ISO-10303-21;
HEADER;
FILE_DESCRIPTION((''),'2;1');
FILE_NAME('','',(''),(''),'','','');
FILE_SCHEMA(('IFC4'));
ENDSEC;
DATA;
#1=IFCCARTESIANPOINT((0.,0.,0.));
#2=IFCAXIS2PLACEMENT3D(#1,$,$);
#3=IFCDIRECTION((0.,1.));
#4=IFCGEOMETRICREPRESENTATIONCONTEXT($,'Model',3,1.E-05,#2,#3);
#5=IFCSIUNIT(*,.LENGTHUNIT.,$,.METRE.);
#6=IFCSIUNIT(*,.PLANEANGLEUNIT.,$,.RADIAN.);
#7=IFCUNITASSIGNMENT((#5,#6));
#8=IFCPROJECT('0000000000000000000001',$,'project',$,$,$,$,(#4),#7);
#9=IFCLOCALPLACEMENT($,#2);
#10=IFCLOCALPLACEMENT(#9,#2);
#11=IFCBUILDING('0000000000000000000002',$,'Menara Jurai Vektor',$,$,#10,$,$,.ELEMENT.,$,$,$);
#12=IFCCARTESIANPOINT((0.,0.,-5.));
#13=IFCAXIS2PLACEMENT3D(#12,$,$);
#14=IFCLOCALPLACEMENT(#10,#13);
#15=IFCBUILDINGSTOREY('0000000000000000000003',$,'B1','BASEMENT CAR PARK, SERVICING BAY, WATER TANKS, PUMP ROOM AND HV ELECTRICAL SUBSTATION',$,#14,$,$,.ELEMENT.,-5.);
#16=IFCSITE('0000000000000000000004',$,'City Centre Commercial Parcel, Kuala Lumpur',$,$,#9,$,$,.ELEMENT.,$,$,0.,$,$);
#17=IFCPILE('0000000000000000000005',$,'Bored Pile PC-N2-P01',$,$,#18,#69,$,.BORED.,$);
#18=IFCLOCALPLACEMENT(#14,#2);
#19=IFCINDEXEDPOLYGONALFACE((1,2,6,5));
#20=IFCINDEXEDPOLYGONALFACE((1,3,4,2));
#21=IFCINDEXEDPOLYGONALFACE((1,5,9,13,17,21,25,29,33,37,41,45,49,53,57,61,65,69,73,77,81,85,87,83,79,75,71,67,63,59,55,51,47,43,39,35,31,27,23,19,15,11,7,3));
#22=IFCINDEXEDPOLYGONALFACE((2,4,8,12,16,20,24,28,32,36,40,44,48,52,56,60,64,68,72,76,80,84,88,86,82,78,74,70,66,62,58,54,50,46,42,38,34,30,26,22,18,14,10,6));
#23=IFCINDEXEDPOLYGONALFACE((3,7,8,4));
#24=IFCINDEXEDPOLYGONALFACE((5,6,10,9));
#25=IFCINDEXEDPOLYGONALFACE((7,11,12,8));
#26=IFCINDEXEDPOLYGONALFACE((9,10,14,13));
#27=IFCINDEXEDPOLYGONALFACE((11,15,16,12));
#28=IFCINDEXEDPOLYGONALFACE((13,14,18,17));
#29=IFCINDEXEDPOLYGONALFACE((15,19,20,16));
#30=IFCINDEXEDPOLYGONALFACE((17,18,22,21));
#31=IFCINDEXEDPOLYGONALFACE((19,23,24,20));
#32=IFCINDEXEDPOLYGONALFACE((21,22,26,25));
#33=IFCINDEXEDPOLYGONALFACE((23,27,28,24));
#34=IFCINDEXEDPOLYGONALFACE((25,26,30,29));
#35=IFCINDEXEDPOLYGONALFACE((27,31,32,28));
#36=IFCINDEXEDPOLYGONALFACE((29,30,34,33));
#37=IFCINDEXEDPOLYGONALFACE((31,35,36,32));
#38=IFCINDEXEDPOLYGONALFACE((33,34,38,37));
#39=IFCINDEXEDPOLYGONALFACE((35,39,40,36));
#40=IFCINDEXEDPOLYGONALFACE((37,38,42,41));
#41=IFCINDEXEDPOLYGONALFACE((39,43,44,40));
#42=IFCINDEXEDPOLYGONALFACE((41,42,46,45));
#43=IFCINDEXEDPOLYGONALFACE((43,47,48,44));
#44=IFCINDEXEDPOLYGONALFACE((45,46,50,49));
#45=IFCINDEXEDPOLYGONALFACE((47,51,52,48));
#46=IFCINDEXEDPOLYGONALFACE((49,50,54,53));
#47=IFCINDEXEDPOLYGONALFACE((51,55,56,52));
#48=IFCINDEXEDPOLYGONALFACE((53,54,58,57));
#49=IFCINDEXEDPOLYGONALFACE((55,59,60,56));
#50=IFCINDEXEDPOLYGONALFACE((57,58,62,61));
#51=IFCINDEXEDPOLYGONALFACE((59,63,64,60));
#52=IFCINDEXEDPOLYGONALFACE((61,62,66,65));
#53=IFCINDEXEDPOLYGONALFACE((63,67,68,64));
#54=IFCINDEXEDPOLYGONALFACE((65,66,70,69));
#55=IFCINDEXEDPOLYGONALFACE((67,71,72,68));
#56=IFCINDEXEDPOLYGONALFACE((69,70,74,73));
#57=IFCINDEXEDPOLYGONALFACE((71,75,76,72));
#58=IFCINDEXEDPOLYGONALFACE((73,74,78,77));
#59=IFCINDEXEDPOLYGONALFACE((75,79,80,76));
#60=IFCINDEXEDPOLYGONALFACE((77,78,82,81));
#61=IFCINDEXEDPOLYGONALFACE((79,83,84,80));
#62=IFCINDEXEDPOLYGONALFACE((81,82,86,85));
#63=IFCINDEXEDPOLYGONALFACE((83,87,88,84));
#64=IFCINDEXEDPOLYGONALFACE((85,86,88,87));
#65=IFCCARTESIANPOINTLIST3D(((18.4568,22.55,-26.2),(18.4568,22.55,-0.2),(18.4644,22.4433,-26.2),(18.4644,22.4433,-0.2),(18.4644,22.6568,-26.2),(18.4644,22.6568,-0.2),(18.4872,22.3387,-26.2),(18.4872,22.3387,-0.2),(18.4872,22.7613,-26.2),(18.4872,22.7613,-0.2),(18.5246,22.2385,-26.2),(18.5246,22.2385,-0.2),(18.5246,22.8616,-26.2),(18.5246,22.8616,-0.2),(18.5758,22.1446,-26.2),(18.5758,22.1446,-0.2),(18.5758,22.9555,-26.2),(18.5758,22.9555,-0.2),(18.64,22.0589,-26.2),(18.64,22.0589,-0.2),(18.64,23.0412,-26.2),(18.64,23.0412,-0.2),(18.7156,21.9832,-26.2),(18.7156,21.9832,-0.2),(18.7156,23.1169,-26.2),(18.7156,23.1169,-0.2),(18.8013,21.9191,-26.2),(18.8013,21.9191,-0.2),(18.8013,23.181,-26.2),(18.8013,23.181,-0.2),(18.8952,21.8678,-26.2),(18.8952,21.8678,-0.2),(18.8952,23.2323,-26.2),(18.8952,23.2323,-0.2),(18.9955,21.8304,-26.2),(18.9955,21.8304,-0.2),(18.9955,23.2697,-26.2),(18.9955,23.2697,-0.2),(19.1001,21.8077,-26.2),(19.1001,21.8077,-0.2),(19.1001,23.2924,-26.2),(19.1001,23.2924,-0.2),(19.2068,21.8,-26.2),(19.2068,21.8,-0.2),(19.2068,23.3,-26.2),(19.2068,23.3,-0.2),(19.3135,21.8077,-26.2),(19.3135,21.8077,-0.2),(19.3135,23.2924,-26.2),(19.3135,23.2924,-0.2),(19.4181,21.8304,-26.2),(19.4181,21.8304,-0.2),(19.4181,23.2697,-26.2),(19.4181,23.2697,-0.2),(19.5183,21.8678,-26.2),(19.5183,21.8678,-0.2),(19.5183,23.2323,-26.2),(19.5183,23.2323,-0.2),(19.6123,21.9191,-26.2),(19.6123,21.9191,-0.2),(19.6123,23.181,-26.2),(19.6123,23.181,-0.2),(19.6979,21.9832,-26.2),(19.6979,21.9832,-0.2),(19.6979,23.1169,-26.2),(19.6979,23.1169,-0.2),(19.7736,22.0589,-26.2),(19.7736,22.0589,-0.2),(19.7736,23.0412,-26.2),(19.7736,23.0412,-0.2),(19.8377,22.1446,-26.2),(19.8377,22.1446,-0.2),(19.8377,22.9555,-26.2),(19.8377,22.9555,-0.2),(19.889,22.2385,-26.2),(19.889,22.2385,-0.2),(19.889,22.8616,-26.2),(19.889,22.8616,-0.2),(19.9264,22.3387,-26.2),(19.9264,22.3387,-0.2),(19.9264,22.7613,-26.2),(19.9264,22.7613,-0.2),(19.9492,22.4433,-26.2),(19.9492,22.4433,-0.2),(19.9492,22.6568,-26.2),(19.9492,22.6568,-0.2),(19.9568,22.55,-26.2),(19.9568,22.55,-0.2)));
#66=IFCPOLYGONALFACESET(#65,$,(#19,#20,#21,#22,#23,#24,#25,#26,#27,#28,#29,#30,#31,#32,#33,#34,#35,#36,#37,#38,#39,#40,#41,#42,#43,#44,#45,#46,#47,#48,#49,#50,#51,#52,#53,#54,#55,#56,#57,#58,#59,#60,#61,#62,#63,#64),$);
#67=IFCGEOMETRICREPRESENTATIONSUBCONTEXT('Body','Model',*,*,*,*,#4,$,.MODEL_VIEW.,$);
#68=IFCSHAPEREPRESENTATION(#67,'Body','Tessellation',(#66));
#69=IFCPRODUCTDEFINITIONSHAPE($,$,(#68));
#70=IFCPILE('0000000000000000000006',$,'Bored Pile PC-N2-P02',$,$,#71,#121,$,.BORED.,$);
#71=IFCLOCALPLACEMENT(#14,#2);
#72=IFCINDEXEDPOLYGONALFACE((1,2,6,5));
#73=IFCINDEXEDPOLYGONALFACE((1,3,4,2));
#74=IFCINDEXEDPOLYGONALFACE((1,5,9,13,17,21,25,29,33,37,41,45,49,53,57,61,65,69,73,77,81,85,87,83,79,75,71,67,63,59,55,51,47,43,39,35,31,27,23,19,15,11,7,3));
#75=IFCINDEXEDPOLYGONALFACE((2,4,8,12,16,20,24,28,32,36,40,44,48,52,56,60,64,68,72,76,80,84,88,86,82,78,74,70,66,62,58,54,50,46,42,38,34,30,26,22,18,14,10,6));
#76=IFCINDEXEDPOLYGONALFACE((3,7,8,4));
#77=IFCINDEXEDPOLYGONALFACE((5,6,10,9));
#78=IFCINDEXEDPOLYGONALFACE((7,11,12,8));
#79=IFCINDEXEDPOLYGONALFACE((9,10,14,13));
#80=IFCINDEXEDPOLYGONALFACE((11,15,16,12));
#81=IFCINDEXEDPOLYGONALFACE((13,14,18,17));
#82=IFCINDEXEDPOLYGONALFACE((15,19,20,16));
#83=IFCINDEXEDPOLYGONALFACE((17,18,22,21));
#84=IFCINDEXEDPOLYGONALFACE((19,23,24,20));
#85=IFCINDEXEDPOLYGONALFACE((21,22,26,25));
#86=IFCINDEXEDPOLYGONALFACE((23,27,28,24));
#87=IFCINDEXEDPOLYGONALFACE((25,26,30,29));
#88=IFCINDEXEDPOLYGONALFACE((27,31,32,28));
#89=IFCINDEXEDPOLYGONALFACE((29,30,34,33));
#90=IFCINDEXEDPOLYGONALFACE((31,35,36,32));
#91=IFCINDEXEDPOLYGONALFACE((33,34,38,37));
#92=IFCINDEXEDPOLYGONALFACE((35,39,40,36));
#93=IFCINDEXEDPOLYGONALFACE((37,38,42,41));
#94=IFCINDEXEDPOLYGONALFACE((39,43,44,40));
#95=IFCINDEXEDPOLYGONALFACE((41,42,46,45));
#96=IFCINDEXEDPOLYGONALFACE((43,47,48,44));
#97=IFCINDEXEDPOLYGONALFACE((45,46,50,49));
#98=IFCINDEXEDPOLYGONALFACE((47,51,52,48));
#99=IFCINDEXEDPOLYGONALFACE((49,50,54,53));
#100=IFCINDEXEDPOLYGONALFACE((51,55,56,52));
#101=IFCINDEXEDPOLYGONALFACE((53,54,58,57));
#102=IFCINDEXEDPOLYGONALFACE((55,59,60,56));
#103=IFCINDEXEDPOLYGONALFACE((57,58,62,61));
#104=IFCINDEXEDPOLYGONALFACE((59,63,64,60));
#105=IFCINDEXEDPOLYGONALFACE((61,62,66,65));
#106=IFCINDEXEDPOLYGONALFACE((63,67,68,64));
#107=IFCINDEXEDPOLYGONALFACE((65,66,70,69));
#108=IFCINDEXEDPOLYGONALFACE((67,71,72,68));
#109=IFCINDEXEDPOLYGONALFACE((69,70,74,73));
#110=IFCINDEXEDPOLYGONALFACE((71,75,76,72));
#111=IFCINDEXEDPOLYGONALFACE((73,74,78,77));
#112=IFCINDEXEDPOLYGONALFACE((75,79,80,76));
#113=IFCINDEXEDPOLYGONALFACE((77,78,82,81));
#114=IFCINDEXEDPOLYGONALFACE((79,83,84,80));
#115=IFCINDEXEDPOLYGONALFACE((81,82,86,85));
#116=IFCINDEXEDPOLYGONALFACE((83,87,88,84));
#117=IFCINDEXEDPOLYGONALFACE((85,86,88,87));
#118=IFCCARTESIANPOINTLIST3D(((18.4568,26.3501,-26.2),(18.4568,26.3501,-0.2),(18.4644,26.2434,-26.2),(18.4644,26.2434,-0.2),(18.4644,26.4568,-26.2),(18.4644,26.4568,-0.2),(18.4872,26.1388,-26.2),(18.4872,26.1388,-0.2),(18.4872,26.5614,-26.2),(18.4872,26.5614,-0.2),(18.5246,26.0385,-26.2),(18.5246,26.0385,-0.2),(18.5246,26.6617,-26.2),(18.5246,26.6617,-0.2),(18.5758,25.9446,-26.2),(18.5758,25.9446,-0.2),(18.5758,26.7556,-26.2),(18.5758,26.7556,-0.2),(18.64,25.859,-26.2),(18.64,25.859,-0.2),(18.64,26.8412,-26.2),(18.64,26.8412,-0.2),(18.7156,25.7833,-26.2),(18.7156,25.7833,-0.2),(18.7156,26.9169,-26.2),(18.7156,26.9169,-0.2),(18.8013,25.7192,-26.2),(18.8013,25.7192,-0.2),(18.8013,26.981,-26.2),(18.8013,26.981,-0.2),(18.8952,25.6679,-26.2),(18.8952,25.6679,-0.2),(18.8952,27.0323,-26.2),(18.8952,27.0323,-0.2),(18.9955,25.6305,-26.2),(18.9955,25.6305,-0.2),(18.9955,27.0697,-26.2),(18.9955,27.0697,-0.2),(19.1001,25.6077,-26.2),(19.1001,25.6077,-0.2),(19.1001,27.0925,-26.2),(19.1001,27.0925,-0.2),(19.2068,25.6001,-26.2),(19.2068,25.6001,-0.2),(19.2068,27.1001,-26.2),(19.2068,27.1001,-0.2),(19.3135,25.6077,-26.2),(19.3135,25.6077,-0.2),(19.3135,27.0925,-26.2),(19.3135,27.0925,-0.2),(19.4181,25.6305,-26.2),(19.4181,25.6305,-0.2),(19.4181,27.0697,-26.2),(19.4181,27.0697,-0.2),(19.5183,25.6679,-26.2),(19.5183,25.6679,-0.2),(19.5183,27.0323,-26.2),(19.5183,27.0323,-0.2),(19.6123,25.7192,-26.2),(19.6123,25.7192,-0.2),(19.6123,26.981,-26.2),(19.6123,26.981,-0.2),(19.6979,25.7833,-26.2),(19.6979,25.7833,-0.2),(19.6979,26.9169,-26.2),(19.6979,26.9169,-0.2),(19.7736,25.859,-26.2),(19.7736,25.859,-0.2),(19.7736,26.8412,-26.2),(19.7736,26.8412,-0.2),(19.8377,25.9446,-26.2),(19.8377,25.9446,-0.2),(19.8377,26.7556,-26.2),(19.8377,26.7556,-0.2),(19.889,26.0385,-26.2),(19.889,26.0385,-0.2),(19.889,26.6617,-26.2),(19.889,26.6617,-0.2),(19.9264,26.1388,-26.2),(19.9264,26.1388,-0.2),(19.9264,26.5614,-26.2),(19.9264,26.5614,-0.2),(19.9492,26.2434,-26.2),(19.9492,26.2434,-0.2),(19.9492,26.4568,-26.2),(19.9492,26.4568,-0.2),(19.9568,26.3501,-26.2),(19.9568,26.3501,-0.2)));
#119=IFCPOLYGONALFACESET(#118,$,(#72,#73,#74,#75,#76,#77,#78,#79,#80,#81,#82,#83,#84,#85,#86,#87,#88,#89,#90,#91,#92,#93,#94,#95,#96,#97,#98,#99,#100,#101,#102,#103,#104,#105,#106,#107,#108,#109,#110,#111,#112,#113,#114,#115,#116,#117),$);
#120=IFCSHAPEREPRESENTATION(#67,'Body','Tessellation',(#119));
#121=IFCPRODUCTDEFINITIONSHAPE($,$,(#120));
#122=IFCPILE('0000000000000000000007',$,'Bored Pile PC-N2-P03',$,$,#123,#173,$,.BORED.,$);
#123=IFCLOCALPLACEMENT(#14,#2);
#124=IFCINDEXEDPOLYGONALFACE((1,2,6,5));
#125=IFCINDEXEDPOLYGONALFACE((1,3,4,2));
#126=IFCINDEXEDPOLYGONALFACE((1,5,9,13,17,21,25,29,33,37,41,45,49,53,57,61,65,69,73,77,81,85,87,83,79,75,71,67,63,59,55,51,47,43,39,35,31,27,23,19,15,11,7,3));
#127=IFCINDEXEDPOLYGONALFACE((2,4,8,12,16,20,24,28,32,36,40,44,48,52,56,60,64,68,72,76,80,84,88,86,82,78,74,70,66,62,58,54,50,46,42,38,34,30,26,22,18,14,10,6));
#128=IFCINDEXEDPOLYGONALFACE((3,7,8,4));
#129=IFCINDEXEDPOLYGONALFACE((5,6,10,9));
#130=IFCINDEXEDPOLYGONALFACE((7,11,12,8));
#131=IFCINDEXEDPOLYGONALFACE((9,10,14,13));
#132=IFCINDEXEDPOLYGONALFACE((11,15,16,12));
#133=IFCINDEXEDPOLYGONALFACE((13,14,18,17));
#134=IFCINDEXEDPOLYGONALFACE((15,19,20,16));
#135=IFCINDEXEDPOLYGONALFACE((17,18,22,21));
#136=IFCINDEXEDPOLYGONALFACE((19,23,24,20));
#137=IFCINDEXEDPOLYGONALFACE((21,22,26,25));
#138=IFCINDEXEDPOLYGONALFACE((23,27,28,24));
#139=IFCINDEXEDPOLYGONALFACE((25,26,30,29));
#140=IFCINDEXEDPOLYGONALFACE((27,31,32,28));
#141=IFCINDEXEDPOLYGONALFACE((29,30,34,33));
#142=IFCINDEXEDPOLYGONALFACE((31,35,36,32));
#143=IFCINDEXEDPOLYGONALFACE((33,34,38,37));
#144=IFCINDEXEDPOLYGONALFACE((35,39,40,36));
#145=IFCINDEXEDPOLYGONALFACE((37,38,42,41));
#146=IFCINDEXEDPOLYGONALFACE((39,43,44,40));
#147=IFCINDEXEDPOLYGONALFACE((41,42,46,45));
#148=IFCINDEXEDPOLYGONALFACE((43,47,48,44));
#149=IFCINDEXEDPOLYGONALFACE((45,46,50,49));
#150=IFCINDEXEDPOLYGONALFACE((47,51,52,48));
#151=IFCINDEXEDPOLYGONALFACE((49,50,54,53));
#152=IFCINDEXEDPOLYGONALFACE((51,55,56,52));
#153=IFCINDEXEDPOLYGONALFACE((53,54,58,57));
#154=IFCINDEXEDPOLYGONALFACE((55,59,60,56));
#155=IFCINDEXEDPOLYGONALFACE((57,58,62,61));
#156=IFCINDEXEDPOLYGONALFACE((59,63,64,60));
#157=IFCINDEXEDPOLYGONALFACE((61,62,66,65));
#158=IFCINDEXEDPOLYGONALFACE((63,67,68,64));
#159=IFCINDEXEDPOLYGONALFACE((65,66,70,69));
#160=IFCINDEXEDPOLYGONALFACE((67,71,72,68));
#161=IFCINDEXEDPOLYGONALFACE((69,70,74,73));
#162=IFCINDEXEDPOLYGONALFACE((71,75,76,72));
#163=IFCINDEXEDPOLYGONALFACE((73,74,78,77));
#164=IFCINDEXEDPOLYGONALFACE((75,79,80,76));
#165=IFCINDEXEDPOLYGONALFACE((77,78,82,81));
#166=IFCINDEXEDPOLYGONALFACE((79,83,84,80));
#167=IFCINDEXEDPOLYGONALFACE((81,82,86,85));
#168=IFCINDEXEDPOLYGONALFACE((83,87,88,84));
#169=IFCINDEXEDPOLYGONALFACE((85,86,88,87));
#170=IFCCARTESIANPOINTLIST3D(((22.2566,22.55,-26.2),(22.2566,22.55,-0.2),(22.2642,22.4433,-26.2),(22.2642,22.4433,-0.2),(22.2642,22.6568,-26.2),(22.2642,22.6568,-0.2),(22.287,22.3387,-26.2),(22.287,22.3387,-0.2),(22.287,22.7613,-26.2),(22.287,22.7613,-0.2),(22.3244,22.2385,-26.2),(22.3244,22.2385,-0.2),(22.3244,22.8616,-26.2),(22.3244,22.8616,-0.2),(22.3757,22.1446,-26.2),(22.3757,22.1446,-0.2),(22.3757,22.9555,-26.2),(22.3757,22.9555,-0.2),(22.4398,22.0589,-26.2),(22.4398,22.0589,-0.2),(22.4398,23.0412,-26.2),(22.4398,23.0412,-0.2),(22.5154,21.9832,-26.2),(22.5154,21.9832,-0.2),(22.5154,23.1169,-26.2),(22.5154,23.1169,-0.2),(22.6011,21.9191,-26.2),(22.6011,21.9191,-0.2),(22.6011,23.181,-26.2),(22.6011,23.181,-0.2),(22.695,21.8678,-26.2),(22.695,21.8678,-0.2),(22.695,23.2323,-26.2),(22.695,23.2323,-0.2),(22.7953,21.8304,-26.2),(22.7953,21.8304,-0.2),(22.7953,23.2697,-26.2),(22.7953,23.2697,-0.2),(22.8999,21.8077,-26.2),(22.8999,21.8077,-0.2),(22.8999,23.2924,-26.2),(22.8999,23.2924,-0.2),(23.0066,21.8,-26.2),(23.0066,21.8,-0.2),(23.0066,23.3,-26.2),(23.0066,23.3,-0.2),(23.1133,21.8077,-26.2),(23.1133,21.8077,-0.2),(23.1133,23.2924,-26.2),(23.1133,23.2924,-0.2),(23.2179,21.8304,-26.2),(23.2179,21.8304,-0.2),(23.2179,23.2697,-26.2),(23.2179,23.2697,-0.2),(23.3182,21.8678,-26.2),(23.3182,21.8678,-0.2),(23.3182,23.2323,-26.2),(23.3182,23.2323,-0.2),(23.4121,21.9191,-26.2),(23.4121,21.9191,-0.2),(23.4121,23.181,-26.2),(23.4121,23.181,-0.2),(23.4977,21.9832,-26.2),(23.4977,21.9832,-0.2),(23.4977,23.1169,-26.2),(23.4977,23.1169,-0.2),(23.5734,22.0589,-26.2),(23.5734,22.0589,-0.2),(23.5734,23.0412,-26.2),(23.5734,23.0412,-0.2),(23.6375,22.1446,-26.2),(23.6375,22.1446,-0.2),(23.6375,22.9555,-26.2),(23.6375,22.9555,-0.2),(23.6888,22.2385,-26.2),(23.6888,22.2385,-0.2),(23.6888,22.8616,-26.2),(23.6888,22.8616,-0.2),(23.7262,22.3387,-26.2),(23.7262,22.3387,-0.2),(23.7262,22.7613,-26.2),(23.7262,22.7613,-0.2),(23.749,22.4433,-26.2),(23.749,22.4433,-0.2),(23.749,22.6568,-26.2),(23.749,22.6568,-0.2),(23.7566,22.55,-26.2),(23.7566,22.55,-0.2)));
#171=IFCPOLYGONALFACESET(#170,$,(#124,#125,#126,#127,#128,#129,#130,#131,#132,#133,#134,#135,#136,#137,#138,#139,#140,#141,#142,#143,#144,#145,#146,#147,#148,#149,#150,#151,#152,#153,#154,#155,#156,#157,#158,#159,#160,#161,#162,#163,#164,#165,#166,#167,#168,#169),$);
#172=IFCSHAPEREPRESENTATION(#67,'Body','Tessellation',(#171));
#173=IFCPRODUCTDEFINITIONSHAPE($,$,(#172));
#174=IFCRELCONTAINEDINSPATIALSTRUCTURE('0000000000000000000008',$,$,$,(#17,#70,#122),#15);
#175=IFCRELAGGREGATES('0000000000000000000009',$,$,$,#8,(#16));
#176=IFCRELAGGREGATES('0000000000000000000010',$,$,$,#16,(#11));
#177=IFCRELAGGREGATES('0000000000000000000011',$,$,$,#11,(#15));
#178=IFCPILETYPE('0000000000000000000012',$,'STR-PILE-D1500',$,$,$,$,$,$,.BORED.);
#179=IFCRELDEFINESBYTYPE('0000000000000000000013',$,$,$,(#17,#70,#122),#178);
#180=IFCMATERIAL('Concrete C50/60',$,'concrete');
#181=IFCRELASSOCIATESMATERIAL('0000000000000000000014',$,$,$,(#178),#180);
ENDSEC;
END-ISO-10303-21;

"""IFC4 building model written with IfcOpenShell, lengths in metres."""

from ifc_helpers import new_model, si_unit, direction, frame, origin, origin_2d, place, context, subcontext, project, spatial, circle, extrude, material, material_profile, profile_set, type_object, element, save


model = new_model("IFC4")

# Units and contexts
model_context = context("Model", 3, precision=1e-05, world=origin(), true_north=direction((0.0, 1.0)))
body_context = subcontext(model_context, "Body", "Model", "MODEL_VIEW")
ifc_project = project(units=[si_unit("LENGTHUNIT", "METRE"), si_unit("PLANEANGLEUNIT", "RADIAN")], contexts=[model_context])

# Site, building, storey
site_placement = place(None, origin())
site = spatial("IfcSite", under=ifc_project, at=site_placement, Name="City Centre Commercial Parcel, Kuala Lumpur", CompositionType="ELEMENT", RefElevation=0.0)
building_placement = place(site_placement, origin())
building = spatial("IfcBuilding", under=site, at=building_placement, Name="Menara Jurai Vektor", CompositionType="ELEMENT")
storey_placement = place(building_placement, frame((0.0, 0.0, -5.0)))
storey = spatial("IfcBuildingStorey", under=building, at=storey_placement, Name="B1", Description="BASEMENT CAR PARK, SERVICING BAY, WATER TANKS, PUMP ROOM AND HV ELECTRICAL SUBSTATION", CompositionType="ELEMENT", Elevation=-5.0)

# Shared definitions
ifc_material_1 = material(Name="Concrete C50/60", Category="concrete")

# Piles
ifc_material_profile_1 = material_profile(ifc_material_1, circle(Radius=0.75, at=origin_2d()), Name="PILE D1500")
ifc_profile_set_1 = profile_set([ifc_material_profile_1], Name="Concrete C50/60")
pile_type_1 = type_object("IfcPileType", Name="STR-PILE-D1500", PredefinedType="BORED", material=ifc_profile_set_1)
for number, where, z_axis, x_axis, name in (
    (1, (19.2068, 22.55, -0.2), (0.0, 0.0, -1.0), (1.0, 0.0, 0.0), "Bored Pile PC-N2-P01"),
    (2, (19.2068, 26.3501, -0.2), (0.0, 0.0, -1.0), (1.0, 0.0, 0.0), "Bored Pile PC-N2-P02"),
    (3, (23.0066, 22.55, -0.2), (0.0, 0.0, -1.0), (1.0, 0.0, 0.0), "Bored Pile PC-N2-P03"),
):
    element("IfcPile", number, at=place(storey_placement, frame(where, z_axis=z_axis, x_axis=x_axis)), inside=storey, type_object=pile_type_1, Name=name, PredefinedType="BORED", context=body_context, shape_type="SweptSolid", body=[
        extrude(circle(Radius=0.75, at=origin_2d()), origin(), (0.0, 0.0, 1.0), 26.0),
    ])

save(model, "model.ifc")
